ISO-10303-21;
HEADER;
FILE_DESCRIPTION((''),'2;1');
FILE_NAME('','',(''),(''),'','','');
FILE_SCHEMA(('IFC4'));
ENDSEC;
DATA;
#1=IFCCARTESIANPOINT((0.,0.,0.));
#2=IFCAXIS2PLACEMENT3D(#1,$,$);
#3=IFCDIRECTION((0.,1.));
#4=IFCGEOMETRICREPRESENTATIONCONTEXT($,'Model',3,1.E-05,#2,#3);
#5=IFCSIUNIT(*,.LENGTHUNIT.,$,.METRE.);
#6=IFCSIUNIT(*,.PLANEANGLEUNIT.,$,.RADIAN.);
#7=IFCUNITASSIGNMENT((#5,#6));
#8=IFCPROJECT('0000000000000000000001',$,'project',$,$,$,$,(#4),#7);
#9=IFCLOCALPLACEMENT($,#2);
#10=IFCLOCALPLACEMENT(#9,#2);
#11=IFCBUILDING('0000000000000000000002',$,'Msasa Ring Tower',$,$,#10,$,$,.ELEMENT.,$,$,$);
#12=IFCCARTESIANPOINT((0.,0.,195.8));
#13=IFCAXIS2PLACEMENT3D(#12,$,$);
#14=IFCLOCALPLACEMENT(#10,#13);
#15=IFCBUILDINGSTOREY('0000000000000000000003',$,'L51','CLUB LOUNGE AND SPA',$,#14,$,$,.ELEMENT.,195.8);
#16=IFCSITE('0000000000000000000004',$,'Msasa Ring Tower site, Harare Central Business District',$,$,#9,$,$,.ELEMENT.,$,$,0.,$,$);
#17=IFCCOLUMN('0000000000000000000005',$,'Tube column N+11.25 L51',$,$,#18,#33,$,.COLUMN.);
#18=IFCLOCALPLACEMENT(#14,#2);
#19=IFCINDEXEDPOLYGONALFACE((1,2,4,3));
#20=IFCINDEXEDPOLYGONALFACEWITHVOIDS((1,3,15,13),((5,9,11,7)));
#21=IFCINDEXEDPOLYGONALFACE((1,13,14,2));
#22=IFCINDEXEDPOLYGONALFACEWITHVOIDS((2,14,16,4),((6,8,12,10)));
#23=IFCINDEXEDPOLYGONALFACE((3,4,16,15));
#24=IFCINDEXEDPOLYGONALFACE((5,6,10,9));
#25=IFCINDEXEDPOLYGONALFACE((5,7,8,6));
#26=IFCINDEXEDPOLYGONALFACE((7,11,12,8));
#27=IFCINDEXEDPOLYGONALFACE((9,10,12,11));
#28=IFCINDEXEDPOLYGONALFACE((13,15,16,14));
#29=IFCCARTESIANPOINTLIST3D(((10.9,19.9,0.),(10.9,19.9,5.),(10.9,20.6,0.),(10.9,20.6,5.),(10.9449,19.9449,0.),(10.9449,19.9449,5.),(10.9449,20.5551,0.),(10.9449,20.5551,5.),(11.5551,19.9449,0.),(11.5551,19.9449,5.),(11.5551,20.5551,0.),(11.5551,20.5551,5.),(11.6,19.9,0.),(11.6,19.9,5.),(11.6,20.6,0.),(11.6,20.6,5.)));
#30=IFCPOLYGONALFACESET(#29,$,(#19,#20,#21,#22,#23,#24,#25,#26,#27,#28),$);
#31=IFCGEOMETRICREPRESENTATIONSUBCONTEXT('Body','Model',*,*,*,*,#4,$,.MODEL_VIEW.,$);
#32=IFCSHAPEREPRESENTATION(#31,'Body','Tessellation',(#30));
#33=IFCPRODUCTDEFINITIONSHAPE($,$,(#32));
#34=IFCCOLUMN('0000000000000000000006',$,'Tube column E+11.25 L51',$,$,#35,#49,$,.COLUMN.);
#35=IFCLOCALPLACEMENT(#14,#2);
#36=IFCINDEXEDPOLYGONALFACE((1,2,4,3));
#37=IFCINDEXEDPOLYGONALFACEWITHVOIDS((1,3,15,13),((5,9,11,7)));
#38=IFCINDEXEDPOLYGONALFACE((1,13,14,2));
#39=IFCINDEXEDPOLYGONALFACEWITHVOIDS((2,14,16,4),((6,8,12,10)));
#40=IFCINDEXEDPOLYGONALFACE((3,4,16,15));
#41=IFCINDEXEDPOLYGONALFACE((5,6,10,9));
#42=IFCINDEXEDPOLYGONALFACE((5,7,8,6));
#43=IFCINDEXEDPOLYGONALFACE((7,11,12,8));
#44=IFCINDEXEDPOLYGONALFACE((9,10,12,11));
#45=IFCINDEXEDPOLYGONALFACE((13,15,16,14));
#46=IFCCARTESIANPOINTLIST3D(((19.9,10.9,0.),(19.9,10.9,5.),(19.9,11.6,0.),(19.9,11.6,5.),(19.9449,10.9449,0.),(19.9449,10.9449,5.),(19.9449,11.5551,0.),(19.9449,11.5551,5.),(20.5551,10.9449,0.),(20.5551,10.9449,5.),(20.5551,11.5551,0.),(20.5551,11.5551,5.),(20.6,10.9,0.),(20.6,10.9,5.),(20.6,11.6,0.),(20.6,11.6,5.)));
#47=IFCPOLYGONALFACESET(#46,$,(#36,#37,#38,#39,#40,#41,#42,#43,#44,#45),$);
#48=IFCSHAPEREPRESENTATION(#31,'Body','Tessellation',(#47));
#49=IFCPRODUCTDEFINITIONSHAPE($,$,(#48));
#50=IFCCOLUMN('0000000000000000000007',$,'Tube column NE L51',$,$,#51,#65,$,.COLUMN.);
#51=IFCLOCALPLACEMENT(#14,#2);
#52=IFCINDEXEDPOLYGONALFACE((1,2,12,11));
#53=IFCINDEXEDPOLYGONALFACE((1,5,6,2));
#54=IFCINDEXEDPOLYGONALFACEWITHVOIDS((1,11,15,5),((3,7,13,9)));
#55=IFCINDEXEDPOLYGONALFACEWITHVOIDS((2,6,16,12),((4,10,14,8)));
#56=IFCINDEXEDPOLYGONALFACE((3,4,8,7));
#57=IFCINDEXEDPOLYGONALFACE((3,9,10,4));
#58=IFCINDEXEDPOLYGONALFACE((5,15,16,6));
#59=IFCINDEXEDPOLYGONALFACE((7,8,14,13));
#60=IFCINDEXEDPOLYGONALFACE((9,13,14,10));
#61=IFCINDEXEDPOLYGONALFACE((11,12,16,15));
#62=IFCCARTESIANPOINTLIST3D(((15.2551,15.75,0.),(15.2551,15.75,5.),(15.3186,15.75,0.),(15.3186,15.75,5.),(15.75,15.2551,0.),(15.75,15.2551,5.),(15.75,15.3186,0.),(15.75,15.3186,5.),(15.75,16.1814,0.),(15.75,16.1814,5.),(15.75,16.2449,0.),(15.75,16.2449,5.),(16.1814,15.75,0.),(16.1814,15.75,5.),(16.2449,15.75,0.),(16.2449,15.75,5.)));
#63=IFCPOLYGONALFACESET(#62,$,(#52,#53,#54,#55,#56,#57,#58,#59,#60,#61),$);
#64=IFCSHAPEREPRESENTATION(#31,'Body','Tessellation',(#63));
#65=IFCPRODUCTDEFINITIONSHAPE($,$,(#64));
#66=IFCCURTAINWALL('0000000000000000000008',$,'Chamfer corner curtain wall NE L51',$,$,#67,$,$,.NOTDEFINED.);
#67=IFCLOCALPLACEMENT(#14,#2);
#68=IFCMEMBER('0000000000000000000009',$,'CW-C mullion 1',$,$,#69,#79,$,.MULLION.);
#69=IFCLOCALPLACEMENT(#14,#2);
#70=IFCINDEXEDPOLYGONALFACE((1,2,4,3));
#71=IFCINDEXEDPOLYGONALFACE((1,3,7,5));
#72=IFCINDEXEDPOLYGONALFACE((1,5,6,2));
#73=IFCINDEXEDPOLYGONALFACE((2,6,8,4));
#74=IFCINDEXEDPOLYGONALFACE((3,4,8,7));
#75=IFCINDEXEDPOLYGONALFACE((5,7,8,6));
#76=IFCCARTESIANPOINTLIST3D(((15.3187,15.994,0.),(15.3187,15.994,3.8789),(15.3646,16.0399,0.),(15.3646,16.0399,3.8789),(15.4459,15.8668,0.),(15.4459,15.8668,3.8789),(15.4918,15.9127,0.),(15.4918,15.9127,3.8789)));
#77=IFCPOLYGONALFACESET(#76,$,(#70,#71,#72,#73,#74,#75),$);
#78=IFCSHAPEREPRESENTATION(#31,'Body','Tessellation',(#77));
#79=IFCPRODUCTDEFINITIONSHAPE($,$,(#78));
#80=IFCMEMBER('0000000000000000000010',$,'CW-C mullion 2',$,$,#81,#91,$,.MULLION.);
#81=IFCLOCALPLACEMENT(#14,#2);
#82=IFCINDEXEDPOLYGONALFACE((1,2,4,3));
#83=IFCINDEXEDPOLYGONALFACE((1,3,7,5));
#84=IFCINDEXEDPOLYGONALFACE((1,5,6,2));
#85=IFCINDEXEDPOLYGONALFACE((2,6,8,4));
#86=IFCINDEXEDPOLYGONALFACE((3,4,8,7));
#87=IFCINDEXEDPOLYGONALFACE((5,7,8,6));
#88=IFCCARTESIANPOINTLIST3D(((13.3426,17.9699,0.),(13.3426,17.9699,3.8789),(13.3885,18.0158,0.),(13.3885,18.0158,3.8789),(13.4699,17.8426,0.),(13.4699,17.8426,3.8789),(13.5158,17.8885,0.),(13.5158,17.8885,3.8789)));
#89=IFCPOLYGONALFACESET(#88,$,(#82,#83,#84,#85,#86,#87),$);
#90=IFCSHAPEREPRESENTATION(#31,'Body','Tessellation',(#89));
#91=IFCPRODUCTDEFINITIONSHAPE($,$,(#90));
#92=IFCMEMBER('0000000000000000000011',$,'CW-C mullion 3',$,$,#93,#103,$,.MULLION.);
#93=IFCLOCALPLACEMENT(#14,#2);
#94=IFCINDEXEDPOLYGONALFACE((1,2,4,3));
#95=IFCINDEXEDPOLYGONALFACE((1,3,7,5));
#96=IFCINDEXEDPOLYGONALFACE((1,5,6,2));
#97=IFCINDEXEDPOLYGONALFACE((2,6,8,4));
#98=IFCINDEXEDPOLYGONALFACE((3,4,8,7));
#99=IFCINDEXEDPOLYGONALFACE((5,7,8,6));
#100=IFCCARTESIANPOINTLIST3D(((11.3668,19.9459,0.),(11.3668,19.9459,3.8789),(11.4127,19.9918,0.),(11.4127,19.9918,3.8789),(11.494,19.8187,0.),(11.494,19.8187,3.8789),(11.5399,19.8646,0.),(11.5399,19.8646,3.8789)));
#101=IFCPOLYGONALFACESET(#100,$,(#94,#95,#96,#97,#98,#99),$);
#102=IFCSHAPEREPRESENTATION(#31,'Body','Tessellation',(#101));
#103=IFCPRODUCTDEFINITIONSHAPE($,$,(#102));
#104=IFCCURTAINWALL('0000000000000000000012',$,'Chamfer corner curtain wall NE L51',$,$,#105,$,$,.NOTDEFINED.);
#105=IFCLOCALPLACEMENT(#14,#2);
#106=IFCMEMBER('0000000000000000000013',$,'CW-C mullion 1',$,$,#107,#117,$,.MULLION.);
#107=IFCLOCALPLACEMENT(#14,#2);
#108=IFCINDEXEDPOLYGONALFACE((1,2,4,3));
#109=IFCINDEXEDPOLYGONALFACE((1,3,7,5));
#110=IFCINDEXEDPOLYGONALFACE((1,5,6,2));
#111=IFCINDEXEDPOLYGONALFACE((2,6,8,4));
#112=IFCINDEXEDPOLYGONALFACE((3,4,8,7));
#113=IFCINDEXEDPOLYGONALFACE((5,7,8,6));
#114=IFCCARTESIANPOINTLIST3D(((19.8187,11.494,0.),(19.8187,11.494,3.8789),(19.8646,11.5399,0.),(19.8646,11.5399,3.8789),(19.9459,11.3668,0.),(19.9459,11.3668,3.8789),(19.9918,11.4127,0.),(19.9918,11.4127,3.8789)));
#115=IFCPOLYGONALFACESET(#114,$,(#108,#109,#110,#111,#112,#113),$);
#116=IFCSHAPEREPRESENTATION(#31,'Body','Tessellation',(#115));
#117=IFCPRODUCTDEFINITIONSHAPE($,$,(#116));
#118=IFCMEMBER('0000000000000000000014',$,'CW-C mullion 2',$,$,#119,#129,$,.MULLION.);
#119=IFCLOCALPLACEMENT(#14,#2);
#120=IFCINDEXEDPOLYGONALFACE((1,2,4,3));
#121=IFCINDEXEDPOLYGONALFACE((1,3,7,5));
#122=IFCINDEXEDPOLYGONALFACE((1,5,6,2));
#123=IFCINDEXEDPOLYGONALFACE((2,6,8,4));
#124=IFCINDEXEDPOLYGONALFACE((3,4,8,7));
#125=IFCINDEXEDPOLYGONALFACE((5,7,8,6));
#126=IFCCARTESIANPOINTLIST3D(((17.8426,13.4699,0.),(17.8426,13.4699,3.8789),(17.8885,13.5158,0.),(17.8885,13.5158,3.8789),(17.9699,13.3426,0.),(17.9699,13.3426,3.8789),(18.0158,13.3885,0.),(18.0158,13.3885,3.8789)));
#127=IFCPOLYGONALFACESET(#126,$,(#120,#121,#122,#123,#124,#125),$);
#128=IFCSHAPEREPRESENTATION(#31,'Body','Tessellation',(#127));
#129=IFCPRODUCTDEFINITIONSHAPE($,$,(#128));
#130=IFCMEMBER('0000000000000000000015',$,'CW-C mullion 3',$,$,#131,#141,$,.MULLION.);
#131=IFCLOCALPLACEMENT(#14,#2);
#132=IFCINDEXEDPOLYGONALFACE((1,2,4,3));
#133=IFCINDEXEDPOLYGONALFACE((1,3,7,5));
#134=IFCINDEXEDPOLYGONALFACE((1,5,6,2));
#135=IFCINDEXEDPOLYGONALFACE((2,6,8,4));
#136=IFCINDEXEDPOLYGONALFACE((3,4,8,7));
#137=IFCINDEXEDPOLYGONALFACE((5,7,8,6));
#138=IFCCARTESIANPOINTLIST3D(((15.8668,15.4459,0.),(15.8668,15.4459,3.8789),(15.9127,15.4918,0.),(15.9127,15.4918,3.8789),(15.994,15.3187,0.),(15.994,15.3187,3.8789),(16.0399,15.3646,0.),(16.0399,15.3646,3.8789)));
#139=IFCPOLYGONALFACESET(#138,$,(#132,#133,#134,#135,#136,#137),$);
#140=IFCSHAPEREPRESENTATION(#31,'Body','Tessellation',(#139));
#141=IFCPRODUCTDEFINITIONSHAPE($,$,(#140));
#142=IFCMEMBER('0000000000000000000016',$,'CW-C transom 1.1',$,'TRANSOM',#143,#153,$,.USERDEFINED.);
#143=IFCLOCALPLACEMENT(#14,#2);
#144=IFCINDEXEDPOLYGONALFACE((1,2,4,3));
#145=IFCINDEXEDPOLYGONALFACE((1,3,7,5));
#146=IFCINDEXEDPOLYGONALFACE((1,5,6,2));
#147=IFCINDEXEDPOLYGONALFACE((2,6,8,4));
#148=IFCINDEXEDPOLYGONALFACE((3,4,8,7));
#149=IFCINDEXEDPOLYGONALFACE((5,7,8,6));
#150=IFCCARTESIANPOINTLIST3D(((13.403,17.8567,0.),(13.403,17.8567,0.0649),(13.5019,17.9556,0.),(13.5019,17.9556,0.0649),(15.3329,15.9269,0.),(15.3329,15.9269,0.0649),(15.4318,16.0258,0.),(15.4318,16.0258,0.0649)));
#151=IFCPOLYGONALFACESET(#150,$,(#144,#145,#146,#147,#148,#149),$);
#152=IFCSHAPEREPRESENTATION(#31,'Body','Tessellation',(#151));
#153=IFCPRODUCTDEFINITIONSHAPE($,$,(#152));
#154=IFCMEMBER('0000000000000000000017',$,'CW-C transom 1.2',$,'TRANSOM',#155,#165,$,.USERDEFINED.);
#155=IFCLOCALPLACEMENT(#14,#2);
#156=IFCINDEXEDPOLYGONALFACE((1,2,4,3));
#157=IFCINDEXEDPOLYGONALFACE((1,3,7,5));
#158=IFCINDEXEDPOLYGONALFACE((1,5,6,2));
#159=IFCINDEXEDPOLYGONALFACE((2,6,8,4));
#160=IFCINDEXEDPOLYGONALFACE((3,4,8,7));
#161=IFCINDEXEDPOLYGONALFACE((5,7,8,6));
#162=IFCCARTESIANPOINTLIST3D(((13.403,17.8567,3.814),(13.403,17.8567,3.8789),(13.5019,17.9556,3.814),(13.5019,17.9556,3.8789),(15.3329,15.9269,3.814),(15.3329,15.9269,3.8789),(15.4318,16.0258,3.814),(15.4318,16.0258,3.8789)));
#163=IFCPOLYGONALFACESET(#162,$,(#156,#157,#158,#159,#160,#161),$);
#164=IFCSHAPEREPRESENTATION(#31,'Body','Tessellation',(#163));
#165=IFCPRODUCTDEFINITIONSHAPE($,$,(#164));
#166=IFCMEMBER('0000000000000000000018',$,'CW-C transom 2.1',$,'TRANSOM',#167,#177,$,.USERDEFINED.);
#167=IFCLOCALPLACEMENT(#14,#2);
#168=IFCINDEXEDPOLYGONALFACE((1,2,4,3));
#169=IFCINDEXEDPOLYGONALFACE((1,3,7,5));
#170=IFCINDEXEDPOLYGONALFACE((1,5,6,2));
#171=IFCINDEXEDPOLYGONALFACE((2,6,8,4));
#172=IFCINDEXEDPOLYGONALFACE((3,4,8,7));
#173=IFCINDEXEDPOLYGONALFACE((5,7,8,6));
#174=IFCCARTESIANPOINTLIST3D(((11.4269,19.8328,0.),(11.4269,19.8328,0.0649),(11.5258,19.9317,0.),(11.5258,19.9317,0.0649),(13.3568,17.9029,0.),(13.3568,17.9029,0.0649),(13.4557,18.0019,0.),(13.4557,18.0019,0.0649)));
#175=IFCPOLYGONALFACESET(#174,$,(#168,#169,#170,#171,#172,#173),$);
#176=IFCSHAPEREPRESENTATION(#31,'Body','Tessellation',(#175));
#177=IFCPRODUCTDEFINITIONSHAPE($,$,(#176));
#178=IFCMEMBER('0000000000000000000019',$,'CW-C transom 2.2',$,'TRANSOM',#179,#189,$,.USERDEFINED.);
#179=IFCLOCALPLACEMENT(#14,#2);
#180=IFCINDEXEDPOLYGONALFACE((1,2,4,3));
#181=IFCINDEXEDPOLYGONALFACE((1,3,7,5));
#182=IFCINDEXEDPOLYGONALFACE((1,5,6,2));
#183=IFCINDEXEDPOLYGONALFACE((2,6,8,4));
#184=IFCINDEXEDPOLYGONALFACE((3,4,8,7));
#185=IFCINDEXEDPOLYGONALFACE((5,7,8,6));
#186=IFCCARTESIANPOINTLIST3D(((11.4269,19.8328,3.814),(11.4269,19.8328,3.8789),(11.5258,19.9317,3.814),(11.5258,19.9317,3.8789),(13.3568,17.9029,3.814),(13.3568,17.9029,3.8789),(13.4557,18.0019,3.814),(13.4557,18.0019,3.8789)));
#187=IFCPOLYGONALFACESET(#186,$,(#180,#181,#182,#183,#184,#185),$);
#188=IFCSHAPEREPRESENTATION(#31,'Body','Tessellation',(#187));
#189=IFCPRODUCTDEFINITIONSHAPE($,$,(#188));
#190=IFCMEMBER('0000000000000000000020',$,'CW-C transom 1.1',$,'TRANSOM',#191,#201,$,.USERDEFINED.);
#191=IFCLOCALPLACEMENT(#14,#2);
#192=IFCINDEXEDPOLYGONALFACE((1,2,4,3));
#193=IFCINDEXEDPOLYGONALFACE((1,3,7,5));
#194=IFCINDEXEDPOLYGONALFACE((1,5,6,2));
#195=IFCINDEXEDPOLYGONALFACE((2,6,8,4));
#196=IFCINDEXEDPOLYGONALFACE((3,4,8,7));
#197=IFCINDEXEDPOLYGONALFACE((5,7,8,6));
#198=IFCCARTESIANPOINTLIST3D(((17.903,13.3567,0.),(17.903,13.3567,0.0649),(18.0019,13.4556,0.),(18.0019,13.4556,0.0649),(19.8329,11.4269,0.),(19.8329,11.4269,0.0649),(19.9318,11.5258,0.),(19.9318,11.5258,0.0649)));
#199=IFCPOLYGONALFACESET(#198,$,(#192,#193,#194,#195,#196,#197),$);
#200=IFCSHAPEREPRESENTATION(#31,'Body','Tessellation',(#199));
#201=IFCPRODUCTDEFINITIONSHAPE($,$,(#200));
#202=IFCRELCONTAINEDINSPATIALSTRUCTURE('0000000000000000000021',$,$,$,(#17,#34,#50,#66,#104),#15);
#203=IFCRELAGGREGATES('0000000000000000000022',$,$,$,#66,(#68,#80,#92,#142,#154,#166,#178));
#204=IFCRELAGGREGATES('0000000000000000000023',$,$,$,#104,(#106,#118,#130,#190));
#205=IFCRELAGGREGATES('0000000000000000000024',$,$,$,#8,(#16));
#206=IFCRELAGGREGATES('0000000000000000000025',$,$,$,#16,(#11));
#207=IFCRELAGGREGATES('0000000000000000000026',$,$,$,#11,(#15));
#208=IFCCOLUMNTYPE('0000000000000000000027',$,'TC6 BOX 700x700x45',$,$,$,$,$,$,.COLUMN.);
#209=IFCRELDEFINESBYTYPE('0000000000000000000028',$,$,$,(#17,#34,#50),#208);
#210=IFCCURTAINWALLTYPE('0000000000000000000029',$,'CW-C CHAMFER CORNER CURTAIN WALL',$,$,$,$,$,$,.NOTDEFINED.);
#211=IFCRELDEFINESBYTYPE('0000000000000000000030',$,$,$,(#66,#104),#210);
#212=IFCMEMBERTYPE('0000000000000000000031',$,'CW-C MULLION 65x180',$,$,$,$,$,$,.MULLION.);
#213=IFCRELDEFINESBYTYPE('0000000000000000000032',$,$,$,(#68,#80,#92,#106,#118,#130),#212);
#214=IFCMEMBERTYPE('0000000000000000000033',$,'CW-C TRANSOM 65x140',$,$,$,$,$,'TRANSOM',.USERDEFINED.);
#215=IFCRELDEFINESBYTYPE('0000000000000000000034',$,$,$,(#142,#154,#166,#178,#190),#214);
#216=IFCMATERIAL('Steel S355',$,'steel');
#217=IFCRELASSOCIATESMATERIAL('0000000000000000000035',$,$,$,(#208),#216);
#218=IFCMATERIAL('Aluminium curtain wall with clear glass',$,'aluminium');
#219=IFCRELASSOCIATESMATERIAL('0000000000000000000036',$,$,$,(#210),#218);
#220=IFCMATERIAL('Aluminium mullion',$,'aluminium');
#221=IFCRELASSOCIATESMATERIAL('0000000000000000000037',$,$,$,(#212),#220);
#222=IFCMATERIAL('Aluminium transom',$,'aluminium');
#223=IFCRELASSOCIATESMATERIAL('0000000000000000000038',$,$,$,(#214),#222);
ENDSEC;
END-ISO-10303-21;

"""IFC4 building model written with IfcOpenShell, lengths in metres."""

from ifc_helpers import new_model, si_unit, direction, frame, origin, origin_2d, place, context, subcontext, project, spatial, rectangle, hollow_rectangle, extrude, material, material_profile, profile_set, type_object, element, aggregate, save


model = new_model("IFC4")

# Units and contexts
model_context = context("Model", 3, precision=1e-05, world=origin(), true_north=direction((0.0, 1.0)))
body_context = subcontext(model_context, "Body", "Model", "MODEL_VIEW")
ifc_project = project(units=[si_unit("LENGTHUNIT", "METRE"), si_unit("PLANEANGLEUNIT", "RADIAN")], contexts=[model_context])

# Site, building, storey
site_placement = place(None, origin())
site = spatial("IfcSite", under=ifc_project, at=site_placement, Name="Msasa Ring Tower site, Harare Central Business District", CompositionType="ELEMENT", RefElevation=0.0)
building_placement = place(site_placement, origin())
building = spatial("IfcBuilding", under=site, at=building_placement, Name="Msasa Ring Tower", CompositionType="ELEMENT")
storey_placement = place(building_placement, frame((0.0, 0.0, 195.8)))
storey = spatial("IfcBuildingStorey", under=building, at=storey_placement, Name="L51", Description="CLUB LOUNGE AND SPA", CompositionType="ELEMENT", Elevation=195.8)

# Columns
ifc_material_1 = material(Name="Steel S355", Category="steel")
ifc_material_profile_1 = material_profile(ifc_material_1, hollow_rectangle(XDim=0.7, YDim=0.7, WallThickness=0.0449, at=origin_2d()), Name="BOX 700x700x45")
ifc_profile_set_1 = profile_set([ifc_material_profile_1], Name="Steel S355")
column_type = type_object("IfcColumnType", Name="TC6 BOX 700x700x45", PredefinedType="COLUMN", material=ifc_profile_set_1)
for number, where, z_axis, x_axis, name in (
    (1, (11.25, 20.25, 0.0), (0.0, 0.0, 1.0), (0.0, 1.0, 0.0), "Tube column N+11.25 L51"),
    (2, (20.25, 11.25, 0.0), (0.0, 0.0, 1.0), (1.0, 0.0, 0.0), "Tube column E+11.25 L51"),
    (3, (15.75, 15.75, 0.0), (0.0, 0.0, 1.0), (0.707107, 0.707107, 0.0), "Tube column NE L51"),
):
    element("IfcColumn", number, at=place(storey_placement, frame(where, z_axis=z_axis, x_axis=x_axis)), inside=storey, type_object=column_type, Name=name, PredefinedType="COLUMN", context=body_context, shape_type="SweptSolid", body=[
        extrude(hollow_rectangle(XDim=0.7, YDim=0.7, WallThickness=0.0449, at=origin_2d()), origin(), (0.0, 0.0, 1.0), 5.0),
    ])

# Curtain walls, members
ifc_material_2 = material(Name="Aluminium curtain wall with clear glass", Category="aluminium")
curtain_wall_type_1 = type_object("IfcCurtainWallType", Name="CW-C CHAMFER CORNER CURTAIN WALL", PredefinedType="NOTDEFINED", material=ifc_material_2)
curtain_wall_1_placement = place(storey_placement, origin())
curtain_wall_1 = element("IfcCurtainWall", 4, at=curtain_wall_1_placement, inside=storey, type_object=curtain_wall_type_1, Name="Chamfer corner curtain wall NE L51", PredefinedType="NOTDEFINED")
ifc_material_3 = material(Name="Aluminium mullion", Category="aluminium")
ifc_material_profile_2 = material_profile(ifc_material_3, rectangle(XDim=0.0649, YDim=0.1799, at=origin_2d()), Name="AL 65x180")
ifc_profile_set_2 = profile_set([ifc_material_profile_2], Name="Aluminium mullion")
member_type_1 = type_object("IfcMemberType", Name="CW-C MULLION 65x180", PredefinedType="MULLION", material=ifc_profile_set_2)
member_1_placement = place(storey_placement, frame((15.4053, 15.9534, 0.0), z_axis=(0.0, 0.0, 1.0), x_axis=(-0.707107, -0.707107, 0.0)))
member_1 = element("IfcMember", 5, at=member_1_placement, type_object=member_type_1, Name="CW-C mullion 1", PredefinedType="MULLION", context=body_context, shape_type="SweptSolid", body=[
    extrude(rectangle(XDim=0.0649, YDim=0.1799, at=origin_2d()), origin(), (0.0, 0.0, 1.0), 3.8789),
])
member_2_placement = place(storey_placement, frame((13.4292, 17.9292, 0.0), z_axis=(0.0, 0.0, 1.0), x_axis=(-0.707107, -0.707107, 0.0)))
member_2 = element("IfcMember", 6, at=member_2_placement, type_object=member_type_1, Name="CW-C mullion 2", PredefinedType="MULLION", context=body_context, shape_type="SweptSolid", body=[
    extrude(rectangle(XDim=0.0649, YDim=0.1799, at=origin_2d()), origin(), (0.0, 0.0, 1.0), 3.8789),
])
member_3_placement = place(storey_placement, frame((11.4534, 19.9053, 0.0), z_axis=(0.0, 0.0, 1.0), x_axis=(-0.707107, -0.707107, 0.0)))
member_3 = element("IfcMember", 7, at=member_3_placement, type_object=member_type_1, Name="CW-C mullion 3", PredefinedType="MULLION", context=body_context, shape_type="SweptSolid", body=[
    extrude(rectangle(XDim=0.0649, YDim=0.1799, at=origin_2d()), origin(), (0.0, 0.0, 1.0), 3.8789),
])
curtain_wall_2_placement = place(storey_placement, origin())
curtain_wall_2 = element("IfcCurtainWall", 8, at=curtain_wall_2_placement, inside=storey, type_object=curtain_wall_type_1, Name="Chamfer corner curtain wall NE L51", PredefinedType="NOTDEFINED")
member_4_placement = place(storey_placement, frame((19.9053, 11.4534, 0.0), z_axis=(0.0, 0.0, 1.0), x_axis=(-0.707107, -0.707107, 0.0)))
member_4 = element("IfcMember", 9, at=member_4_placement, type_object=member_type_1, Name="CW-C mullion 1", PredefinedType="MULLION", context=body_context, shape_type="SweptSolid", body=[
    extrude(rectangle(XDim=0.0649, YDim=0.1799, at=origin_2d()), origin(), (0.0, 0.0, 1.0), 3.8789),
])
member_5_placement = place(storey_placement, frame((17.9292, 13.4292, 0.0), z_axis=(0.0, 0.0, 1.0), x_axis=(-0.707107, -0.707107, 0.0)))
member_5 = element("IfcMember", 10, at=member_5_placement, type_object=member_type_1, Name="CW-C mullion 2", PredefinedType="MULLION", context=body_context, shape_type="SweptSolid", body=[
    extrude(rectangle(XDim=0.0649, YDim=0.1799, at=origin_2d()), origin(), (0.0, 0.0, 1.0), 3.8789),
])
member_6_placement = place(storey_placement, frame((15.9534, 15.4053, 0.0), z_axis=(0.0, 0.0, 1.0), x_axis=(-0.707107, -0.707107, 0.0)))
member_6 = element("IfcMember", 11, at=member_6_placement, type_object=member_type_1, Name="CW-C mullion 3", PredefinedType="MULLION", context=body_context, shape_type="SweptSolid", body=[
    extrude(rectangle(XDim=0.0649, YDim=0.1799, at=origin_2d()), origin(), (0.0, 0.0, 1.0), 3.8789),
])

# Members
ifc_material_4 = material(Name="Aluminium transom", Category="aluminium")
ifc_material_profile_3 = material_profile(ifc_material_4, rectangle(XDim=0.1399, YDim=0.0649, at=origin_2d()), Name="AL 65x140")
ifc_profile_set_3 = profile_set([ifc_material_profile_3], Name="Aluminium transom")
member_type_2 = type_object("IfcMemberType", Name="CW-C TRANSOM 65x140", ElementType="TRANSOM", PredefinedType="USERDEFINED", material=ifc_profile_set_3)
member_7_placement = place(storey_placement, frame((15.3823, 15.9763, 0.0325), z_axis=(-0.707107, 0.707107, 0.0), x_axis=(-0.707107, -0.707107, 0.0)))
member_7 = element("IfcMember", 12, at=member_7_placement, type_object=member_type_2, Name="CW-C transom 1.1", ObjectType="TRANSOM", PredefinedType="USERDEFINED", context=body_context, shape_type="SweptSolid", body=[
    extrude(rectangle(XDim=0.1399, YDim=0.0649, at=origin_2d()), origin(), (0.0, 0.0, 1.0), 2.7292),
])
member_8_placement = place(storey_placement, frame((15.3823, 15.9763, 3.8464), z_axis=(-0.707107, 0.707107, 0.0), x_axis=(-0.707107, -0.707107, 0.0)))
member_8 = element("IfcMember", 13, at=member_8_placement, type_object=member_type_2, Name="CW-C transom 1.2", ObjectType="TRANSOM", PredefinedType="USERDEFINED", context=body_context, shape_type="SweptSolid", body=[
    extrude(rectangle(XDim=0.1399, YDim=0.0649, at=origin_2d()), origin(), (0.0, 0.0, 1.0), 2.7292),
])
member_9_placement = place(storey_placement, frame((13.4062, 17.9524, 0.0325), z_axis=(-0.707107, 0.707107, 0.0), x_axis=(-0.707107, -0.707107, 0.0)))
member_9 = element("IfcMember", 14, at=member_9_placement, type_object=member_type_2, Name="CW-C transom 2.1", ObjectType="TRANSOM", PredefinedType="USERDEFINED", context=body_context, shape_type="SweptSolid", body=[
    extrude(rectangle(XDim=0.1399, YDim=0.0649, at=origin_2d()), origin(), (0.0, 0.0, 1.0), 2.7292),
])
member_10_placement = place(storey_placement, frame((13.4062, 17.9524, 3.8464), z_axis=(-0.707107, 0.707107, 0.0), x_axis=(-0.707107, -0.707107, 0.0)))
member_10 = element("IfcMember", 15, at=member_10_placement, type_object=member_type_2, Name="CW-C transom 2.2", ObjectType="TRANSOM", PredefinedType="USERDEFINED", context=body_context, shape_type="SweptSolid", body=[
    extrude(rectangle(XDim=0.1399, YDim=0.0649, at=origin_2d()), origin(), (0.0, 0.0, 1.0), 2.7292),
])
member_11_placement = place(storey_placement, frame((19.8823, 11.4763, 0.0325), z_axis=(-0.707107, 0.707107, 0.0), x_axis=(-0.707107, -0.707107, 0.0)))
member_11 = element("IfcMember", 16, at=member_11_placement, type_object=member_type_2, Name="CW-C transom 1.1", ObjectType="TRANSOM", PredefinedType="USERDEFINED", context=body_context, shape_type="SweptSolid", body=[
    extrude(rectangle(XDim=0.1399, YDim=0.0649, at=origin_2d()), origin(), (0.0, 0.0, 1.0), 2.7292),
])

aggregate(curtain_wall_1, [member_1, member_2, member_3, member_7, member_8, member_9, member_10])
aggregate(curtain_wall_2, [member_4, member_5, member_6, member_11])

save(model, "model.ifc")
